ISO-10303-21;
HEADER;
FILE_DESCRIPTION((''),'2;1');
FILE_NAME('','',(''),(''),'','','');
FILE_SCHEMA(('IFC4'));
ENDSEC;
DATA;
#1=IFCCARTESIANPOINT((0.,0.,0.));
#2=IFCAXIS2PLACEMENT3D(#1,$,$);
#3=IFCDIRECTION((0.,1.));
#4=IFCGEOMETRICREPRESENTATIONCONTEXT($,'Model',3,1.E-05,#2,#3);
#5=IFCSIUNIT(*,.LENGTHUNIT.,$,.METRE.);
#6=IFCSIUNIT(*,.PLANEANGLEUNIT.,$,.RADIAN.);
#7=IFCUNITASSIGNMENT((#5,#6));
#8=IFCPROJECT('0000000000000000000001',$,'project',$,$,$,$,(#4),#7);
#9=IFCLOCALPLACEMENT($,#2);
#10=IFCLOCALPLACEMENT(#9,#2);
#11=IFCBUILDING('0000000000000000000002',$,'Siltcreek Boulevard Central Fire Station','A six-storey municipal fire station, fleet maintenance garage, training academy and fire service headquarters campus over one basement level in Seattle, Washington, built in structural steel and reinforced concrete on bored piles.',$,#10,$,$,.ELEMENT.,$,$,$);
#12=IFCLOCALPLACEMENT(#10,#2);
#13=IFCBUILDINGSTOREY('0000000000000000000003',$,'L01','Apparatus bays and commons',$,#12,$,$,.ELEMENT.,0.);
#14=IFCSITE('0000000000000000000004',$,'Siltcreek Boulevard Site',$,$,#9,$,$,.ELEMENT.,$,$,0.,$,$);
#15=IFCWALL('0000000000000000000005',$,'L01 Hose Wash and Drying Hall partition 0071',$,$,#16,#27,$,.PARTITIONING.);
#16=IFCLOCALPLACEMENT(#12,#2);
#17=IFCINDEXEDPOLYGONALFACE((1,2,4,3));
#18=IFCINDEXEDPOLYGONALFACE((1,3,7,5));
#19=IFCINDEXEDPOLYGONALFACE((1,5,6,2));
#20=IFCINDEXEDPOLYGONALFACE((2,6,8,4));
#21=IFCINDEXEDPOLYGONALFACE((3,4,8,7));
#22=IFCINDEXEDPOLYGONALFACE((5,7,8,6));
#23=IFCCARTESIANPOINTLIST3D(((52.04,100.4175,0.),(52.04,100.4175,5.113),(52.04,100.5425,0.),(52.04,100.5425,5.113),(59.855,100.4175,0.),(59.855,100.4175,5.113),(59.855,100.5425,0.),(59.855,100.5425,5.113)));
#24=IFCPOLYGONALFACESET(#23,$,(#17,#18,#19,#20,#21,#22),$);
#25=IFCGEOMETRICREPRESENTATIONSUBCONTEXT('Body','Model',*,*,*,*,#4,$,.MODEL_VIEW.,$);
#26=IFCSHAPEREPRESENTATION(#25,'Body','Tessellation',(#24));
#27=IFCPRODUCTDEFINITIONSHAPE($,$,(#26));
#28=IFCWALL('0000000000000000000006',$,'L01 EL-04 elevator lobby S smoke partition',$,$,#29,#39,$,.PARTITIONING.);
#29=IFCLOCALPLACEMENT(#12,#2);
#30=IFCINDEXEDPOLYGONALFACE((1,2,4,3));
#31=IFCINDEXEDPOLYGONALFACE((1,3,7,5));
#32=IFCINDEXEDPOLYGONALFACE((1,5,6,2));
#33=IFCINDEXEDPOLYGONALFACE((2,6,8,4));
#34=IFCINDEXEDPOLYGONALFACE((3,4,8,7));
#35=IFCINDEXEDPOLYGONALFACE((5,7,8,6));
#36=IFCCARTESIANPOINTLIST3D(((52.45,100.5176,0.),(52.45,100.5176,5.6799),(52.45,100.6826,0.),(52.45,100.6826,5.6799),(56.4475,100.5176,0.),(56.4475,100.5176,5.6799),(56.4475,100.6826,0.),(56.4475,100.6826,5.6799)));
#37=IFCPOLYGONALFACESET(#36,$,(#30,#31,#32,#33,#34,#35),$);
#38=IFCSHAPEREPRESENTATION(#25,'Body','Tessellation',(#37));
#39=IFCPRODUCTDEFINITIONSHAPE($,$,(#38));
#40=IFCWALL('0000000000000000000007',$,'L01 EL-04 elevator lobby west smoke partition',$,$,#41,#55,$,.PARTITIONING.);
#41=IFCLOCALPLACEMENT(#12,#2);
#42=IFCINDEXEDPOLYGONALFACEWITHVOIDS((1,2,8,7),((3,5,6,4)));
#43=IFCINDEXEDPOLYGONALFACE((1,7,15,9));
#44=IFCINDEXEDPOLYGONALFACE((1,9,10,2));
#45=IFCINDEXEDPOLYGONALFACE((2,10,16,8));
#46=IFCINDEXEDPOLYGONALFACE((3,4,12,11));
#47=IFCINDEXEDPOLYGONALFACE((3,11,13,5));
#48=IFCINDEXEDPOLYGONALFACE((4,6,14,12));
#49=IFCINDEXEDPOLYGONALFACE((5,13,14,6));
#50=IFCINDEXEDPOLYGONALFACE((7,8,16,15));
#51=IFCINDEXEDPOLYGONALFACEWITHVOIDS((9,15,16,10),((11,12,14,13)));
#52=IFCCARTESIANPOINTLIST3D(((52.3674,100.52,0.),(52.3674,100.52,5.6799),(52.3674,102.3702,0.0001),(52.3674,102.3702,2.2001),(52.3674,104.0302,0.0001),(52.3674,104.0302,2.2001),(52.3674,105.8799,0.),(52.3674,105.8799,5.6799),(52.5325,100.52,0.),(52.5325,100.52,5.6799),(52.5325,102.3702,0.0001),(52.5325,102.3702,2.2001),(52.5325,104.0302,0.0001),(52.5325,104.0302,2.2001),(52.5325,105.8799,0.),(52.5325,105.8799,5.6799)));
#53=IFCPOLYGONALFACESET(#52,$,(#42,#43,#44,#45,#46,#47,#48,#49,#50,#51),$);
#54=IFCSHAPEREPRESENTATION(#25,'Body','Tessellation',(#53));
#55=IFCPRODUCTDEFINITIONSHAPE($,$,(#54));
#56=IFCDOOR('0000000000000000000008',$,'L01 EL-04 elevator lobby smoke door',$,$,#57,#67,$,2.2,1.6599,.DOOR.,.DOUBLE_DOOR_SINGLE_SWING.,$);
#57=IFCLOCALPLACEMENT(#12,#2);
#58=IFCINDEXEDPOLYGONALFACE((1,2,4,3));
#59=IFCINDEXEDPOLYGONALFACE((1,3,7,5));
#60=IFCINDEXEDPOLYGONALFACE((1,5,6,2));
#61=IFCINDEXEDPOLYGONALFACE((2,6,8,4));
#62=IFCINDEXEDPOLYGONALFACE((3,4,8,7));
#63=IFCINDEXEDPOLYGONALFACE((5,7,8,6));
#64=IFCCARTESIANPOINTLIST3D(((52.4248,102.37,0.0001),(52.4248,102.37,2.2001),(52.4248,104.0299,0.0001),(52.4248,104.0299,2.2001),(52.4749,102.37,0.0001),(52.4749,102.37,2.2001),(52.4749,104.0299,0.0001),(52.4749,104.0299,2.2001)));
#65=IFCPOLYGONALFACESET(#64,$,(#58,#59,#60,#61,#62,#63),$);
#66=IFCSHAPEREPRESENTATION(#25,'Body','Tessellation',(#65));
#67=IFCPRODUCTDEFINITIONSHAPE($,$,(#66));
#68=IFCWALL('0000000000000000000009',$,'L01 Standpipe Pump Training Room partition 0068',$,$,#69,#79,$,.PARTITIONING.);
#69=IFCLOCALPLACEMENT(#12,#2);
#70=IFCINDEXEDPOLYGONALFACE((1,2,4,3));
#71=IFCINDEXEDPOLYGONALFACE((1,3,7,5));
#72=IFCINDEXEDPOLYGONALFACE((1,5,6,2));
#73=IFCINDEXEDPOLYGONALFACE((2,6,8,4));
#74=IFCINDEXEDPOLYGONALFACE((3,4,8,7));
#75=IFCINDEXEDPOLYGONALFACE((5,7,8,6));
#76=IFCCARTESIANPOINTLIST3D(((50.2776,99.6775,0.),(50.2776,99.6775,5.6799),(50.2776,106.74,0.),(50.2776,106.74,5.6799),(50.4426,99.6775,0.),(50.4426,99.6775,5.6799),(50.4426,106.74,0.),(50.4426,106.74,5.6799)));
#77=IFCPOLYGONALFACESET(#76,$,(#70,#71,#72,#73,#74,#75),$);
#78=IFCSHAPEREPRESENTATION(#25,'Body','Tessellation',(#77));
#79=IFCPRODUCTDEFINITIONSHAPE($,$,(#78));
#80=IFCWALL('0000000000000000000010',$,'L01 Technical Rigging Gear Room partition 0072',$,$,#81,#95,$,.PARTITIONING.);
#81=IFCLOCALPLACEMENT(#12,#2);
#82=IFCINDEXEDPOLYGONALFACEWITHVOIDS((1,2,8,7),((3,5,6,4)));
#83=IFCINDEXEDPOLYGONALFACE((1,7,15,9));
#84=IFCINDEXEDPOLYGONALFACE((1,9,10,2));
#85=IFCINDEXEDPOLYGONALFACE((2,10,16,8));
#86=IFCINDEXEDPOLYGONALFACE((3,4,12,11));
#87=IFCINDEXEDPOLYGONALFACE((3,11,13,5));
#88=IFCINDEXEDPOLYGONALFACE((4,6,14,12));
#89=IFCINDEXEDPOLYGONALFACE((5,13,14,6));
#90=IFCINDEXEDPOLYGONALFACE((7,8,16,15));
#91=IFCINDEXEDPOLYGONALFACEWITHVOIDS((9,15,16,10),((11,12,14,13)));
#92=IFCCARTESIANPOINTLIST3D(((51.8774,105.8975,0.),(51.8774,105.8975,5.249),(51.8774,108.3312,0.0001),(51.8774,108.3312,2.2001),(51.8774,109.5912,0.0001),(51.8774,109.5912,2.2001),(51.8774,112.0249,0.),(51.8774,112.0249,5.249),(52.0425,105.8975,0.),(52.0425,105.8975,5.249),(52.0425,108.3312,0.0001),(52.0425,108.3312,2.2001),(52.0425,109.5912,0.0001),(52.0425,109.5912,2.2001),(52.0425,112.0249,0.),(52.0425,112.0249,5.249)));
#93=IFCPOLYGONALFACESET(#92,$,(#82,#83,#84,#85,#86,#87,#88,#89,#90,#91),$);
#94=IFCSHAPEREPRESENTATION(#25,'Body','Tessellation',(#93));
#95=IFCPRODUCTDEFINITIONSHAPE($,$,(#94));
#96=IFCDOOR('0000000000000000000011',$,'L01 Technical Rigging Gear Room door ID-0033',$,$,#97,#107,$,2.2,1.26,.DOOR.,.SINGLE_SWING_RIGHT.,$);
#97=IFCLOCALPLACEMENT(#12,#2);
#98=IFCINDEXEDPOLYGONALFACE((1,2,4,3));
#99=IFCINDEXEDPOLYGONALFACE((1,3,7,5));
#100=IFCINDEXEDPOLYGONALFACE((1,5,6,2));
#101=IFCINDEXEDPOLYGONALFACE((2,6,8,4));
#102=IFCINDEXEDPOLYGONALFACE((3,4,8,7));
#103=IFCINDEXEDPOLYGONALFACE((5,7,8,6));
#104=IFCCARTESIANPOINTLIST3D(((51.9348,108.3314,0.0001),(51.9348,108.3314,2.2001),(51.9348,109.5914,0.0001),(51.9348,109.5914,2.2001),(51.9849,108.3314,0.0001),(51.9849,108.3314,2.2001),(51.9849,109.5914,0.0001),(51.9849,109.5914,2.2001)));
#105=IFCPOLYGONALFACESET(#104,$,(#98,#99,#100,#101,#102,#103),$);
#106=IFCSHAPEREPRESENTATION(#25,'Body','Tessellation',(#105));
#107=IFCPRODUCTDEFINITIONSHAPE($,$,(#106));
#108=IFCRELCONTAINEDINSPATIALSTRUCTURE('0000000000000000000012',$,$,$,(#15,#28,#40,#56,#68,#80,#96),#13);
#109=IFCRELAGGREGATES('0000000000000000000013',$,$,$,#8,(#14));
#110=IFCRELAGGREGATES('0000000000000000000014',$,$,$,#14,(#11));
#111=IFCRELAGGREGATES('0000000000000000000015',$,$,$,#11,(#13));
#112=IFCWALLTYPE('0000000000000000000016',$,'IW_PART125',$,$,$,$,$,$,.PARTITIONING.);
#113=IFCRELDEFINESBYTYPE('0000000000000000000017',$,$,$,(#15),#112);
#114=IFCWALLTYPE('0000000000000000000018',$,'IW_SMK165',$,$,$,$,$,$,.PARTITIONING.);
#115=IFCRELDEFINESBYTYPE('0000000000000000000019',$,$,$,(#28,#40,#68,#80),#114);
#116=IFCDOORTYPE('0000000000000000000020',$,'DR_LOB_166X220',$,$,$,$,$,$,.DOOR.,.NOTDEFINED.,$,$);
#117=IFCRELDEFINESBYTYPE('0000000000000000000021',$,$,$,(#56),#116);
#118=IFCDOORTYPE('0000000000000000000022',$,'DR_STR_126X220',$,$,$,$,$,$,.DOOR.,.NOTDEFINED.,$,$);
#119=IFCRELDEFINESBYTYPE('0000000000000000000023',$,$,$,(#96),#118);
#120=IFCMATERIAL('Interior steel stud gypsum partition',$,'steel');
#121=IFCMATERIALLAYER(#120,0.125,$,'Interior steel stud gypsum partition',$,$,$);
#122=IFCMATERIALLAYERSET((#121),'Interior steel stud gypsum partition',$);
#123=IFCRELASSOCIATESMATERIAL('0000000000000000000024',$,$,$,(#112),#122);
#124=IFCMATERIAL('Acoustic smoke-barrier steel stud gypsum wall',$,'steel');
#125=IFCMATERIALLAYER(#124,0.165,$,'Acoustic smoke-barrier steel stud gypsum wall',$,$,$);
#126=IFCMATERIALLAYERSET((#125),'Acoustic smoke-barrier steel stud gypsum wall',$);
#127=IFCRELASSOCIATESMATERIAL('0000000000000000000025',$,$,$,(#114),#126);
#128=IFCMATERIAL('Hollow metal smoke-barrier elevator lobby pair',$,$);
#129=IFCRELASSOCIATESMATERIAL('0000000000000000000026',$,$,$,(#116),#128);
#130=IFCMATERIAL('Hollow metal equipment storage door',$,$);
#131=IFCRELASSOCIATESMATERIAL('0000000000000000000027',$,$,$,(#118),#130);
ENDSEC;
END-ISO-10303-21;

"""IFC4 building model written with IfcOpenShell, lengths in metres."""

from ifc_helpers import new_model, si_unit, direction, frame, frame_2d, origin, place, context, subcontext, project, spatial, rectangle, extrude, material, layer, layer_set, type_object, element, fill, save


model = new_model("IFC4")

# Units and contexts
model_context = context("Model", 3, precision=1e-05, world=origin(), true_north=direction((0.0, 1.0)))
body_context = subcontext(model_context, "Body", "Model", "MODEL_VIEW")
ifc_project = project(units=[si_unit("LENGTHUNIT", "METRE"), si_unit("PLANEANGLEUNIT", "RADIAN")], contexts=[model_context])

# Site, building, storey
site_placement = place(None, origin())
site = spatial("IfcSite", under=ifc_project, at=site_placement, Name="Siltcreek Boulevard Site", CompositionType="ELEMENT", RefElevation=0.0)
building_placement = place(site_placement, origin())
building = spatial("IfcBuilding", under=site, at=building_placement, Name="Siltcreek Boulevard Central Fire Station", Description="A six-storey municipal fire station, fleet maintenance garage, training academy and fire service headquarters campus over one basement level in Seattle, Washington, built in structural steel and reinforced concrete on bored piles.", CompositionType="ELEMENT")
storey_placement = place(building_placement, origin())
storey = spatial("IfcBuildingStorey", under=building, at=storey_placement, Name="L01", Description="Apparatus bays and commons", CompositionType="ELEMENT", Elevation=0.0)

# Walls
ifc_material_1 = material(Name="Interior steel stud gypsum partition", Category="steel")
ifc_layer_1 = layer(ifc_material_1, 0.125, Name="Interior steel stud gypsum partition")
ifc_layer_set_1 = layer_set([ifc_layer_1], Name="Interior steel stud gypsum partition")
wall_type_1 = type_object("IfcWallType", Name="IW_PART125", PredefinedType="PARTITIONING", material=ifc_layer_set_1)
wall_1_placement = place(storey_placement, frame((52.04, 100.48, 0.0), z_axis=(0.0, 0.0, 1.0), x_axis=(1.0, 0.0, 0.0)))
element("IfcWall", 1, at=wall_1_placement, inside=storey, type_object=wall_type_1, Name="L01 Hose Wash and Drying Hall partition 0071", PredefinedType="PARTITIONING", context=body_context, shape_type="SweptSolid", body=[
    extrude(rectangle(XDim=7.8149, YDim=0.125, at=frame_2d((3.9075, 0.0))), origin(), (0.0, 0.0, 1.0), 5.113),
])
ifc_material_2 = material(Name="Acoustic smoke-barrier steel stud gypsum wall", Category="steel")
ifc_layer_2 = layer(ifc_material_2, 0.165, Name="Acoustic smoke-barrier steel stud gypsum wall")
ifc_layer_set_2 = layer_set([ifc_layer_2], Name="Acoustic smoke-barrier steel stud gypsum wall")
wall_type_2 = type_object("IfcWallType", Name="IW_SMK165", PredefinedType="PARTITIONING", material=ifc_layer_set_2)
wall_2_placement = place(storey_placement, frame((52.45, 100.6001, 0.0), z_axis=(0.0, 0.0, 1.0), x_axis=(1.0, 0.0, 0.0)))
element("IfcWall", 2, at=wall_2_placement, inside=storey, type_object=wall_type_2, Name="L01 EL-04 elevator lobby S smoke partition", PredefinedType="PARTITIONING", context=body_context, shape_type="SweptSolid", body=[
    extrude(rectangle(XDim=3.9976, YDim=0.165, at=frame_2d((1.9988, 0.0))), origin(), (0.0, 0.0, 1.0), 5.6799),
])

# Wall, opening, door
wall_3_placement = place(storey_placement, frame((52.45, 100.52, 0.0), z_axis=(0.0, 0.0, 1.0), x_axis=(0.0, 1.0, 0.0)))
wall_3 = element("IfcWall", 3, at=wall_3_placement, inside=storey, type_object=wall_type_2, Name="L01 EL-04 elevator lobby west smoke partition", PredefinedType="PARTITIONING", context=body_context, shape_type="SweptSolid", body=[
    extrude(rectangle(XDim=5.3599, YDim=0.165, at=frame_2d((2.6799, 0.0))), origin(), (0.0, 0.0, 1.0), 5.6799),
])
opening_1_placement = place(wall_3_placement, frame((1.8501, 0.0, 0.0)))
opening_1 = element("IfcOpeningElement", 4, at=opening_1_placement, cuts=wall_3, PredefinedType="OPENING", context=body_context, shape_type="SweptSolid", body=[
    extrude(rectangle(XDim=1.6599, YDim=2.2, at=frame_2d((0.8301, 1.1001))), frame((0.0, 0.0925, 0.0), z_axis=(0.0, -1.0, 0.0), x_axis=(1.0, 0.0, 0.0)), (0.0, 0.0, 1.0), 0.1851),
])
ifc_material_3 = material(Name="Hollow metal smoke-barrier elevator lobby pair")
door_type_1 = type_object("IfcDoorType", Name="DR_LOB_166X220", OperationType="NOTDEFINED", PredefinedType="DOOR", material=ifc_material_3)
door_1_placement = place(opening_1_placement, frame((1.6599, 0.0, 0.0), z_axis=(0.0, 0.0, 1.0), x_axis=(-1.0, 0.0, 0.0)))
door_1 = element("IfcDoor", 5, at=door_1_placement, inside=storey, type_object=door_type_1, Name="L01 EL-04 elevator lobby smoke door", OperationType="DOUBLE_DOOR_SINGLE_SWING", OverallHeight=2.2, OverallWidth=1.6599, PredefinedType="DOOR", context=body_context, shape_type="SweptSolid", body=[
    extrude(rectangle(XDim=1.6599, YDim=2.2, at=frame_2d((0.8301, 1.1001))), frame((0.0, 0.0249, 0.0), z_axis=(0.0, -1.0, 0.0), x_axis=(1.0, 0.0, 0.0)), (0.0, 0.0, 1.0), 0.05),
])
fill(opening_1, door_1)

# Wall
wall_4_placement = place(storey_placement, frame((50.3601, 106.74, 0.0), z_axis=(0.0, 0.0, 1.0), x_axis=(0.0, -1.0, 0.0)))
element("IfcWall", 6, at=wall_4_placement, inside=storey, type_object=wall_type_2, Name="L01 Standpipe Pump Training Room partition 0068", PredefinedType="PARTITIONING", context=body_context, shape_type="SweptSolid", body=[
    extrude(rectangle(XDim=7.0625, YDim=0.165, at=frame_2d((3.5312, 0.0))), origin(), (0.0, 0.0, 1.0), 5.6799),
])

# Wall, opening, door
wall_5_placement = place(storey_placement, frame((51.96, 105.8975, 0.0), z_axis=(0.0, 0.0, 1.0), x_axis=(0.0, 1.0, 0.0)))
wall_5 = element("IfcWall", 7, at=wall_5_placement, inside=storey, type_object=wall_type_2, Name="L01 Technical Rigging Gear Room partition 0072", PredefinedType="PARTITIONING", context=body_context, shape_type="SweptSolid", body=[
    extrude(rectangle(XDim=6.1274, YDim=0.165, at=frame_2d((3.0637, 0.0))), origin(), (0.0, 0.0, 1.0), 5.249),
])
opening_2_placement = place(wall_5_placement, frame((2.4338, 0.0, 0.0)))
opening_2 = element("IfcOpeningElement", 8, at=opening_2_placement, cuts=wall_5, PredefinedType="OPENING", context=body_context, shape_type="SweptSolid", body=[
    extrude(rectangle(XDim=1.26, YDim=2.2, at=frame_2d((0.6299, 1.1001))), frame((0.0, 0.0925, 0.0), z_axis=(0.0, -1.0, 0.0), x_axis=(1.0, 0.0, 0.0)), (0.0, 0.0, 1.0), 0.1851),
])
ifc_material_4 = material(Name="Hollow metal equipment storage door")
door_type_2 = type_object("IfcDoorType", Name="DR_STR_126X220", OperationType="NOTDEFINED", PredefinedType="DOOR", material=ifc_material_4)
door_2_placement = place(opening_2_placement, frame((1.26, 0.0, 0.0), z_axis=(0.0, 0.0, 1.0), x_axis=(-1.0, 0.0, 0.0)))
door_2 = element("IfcDoor", 9, at=door_2_placement, inside=storey, type_object=door_type_2, Name="L01 Technical Rigging Gear Room door ID-0033", OperationType="SINGLE_SWING_RIGHT", OverallHeight=2.2, OverallWidth=1.26, PredefinedType="DOOR", context=body_context, shape_type="SweptSolid", body=[
    extrude(rectangle(XDim=1.26, YDim=2.2, at=frame_2d((0.6299, 1.1001))), frame((0.0, 0.0249, 0.0), z_axis=(0.0, -1.0, 0.0), x_axis=(1.0, 0.0, 0.0)), (0.0, 0.0, 1.0), 0.05),
])
fill(opening_2, door_2)

save(model, "model.ifc")
